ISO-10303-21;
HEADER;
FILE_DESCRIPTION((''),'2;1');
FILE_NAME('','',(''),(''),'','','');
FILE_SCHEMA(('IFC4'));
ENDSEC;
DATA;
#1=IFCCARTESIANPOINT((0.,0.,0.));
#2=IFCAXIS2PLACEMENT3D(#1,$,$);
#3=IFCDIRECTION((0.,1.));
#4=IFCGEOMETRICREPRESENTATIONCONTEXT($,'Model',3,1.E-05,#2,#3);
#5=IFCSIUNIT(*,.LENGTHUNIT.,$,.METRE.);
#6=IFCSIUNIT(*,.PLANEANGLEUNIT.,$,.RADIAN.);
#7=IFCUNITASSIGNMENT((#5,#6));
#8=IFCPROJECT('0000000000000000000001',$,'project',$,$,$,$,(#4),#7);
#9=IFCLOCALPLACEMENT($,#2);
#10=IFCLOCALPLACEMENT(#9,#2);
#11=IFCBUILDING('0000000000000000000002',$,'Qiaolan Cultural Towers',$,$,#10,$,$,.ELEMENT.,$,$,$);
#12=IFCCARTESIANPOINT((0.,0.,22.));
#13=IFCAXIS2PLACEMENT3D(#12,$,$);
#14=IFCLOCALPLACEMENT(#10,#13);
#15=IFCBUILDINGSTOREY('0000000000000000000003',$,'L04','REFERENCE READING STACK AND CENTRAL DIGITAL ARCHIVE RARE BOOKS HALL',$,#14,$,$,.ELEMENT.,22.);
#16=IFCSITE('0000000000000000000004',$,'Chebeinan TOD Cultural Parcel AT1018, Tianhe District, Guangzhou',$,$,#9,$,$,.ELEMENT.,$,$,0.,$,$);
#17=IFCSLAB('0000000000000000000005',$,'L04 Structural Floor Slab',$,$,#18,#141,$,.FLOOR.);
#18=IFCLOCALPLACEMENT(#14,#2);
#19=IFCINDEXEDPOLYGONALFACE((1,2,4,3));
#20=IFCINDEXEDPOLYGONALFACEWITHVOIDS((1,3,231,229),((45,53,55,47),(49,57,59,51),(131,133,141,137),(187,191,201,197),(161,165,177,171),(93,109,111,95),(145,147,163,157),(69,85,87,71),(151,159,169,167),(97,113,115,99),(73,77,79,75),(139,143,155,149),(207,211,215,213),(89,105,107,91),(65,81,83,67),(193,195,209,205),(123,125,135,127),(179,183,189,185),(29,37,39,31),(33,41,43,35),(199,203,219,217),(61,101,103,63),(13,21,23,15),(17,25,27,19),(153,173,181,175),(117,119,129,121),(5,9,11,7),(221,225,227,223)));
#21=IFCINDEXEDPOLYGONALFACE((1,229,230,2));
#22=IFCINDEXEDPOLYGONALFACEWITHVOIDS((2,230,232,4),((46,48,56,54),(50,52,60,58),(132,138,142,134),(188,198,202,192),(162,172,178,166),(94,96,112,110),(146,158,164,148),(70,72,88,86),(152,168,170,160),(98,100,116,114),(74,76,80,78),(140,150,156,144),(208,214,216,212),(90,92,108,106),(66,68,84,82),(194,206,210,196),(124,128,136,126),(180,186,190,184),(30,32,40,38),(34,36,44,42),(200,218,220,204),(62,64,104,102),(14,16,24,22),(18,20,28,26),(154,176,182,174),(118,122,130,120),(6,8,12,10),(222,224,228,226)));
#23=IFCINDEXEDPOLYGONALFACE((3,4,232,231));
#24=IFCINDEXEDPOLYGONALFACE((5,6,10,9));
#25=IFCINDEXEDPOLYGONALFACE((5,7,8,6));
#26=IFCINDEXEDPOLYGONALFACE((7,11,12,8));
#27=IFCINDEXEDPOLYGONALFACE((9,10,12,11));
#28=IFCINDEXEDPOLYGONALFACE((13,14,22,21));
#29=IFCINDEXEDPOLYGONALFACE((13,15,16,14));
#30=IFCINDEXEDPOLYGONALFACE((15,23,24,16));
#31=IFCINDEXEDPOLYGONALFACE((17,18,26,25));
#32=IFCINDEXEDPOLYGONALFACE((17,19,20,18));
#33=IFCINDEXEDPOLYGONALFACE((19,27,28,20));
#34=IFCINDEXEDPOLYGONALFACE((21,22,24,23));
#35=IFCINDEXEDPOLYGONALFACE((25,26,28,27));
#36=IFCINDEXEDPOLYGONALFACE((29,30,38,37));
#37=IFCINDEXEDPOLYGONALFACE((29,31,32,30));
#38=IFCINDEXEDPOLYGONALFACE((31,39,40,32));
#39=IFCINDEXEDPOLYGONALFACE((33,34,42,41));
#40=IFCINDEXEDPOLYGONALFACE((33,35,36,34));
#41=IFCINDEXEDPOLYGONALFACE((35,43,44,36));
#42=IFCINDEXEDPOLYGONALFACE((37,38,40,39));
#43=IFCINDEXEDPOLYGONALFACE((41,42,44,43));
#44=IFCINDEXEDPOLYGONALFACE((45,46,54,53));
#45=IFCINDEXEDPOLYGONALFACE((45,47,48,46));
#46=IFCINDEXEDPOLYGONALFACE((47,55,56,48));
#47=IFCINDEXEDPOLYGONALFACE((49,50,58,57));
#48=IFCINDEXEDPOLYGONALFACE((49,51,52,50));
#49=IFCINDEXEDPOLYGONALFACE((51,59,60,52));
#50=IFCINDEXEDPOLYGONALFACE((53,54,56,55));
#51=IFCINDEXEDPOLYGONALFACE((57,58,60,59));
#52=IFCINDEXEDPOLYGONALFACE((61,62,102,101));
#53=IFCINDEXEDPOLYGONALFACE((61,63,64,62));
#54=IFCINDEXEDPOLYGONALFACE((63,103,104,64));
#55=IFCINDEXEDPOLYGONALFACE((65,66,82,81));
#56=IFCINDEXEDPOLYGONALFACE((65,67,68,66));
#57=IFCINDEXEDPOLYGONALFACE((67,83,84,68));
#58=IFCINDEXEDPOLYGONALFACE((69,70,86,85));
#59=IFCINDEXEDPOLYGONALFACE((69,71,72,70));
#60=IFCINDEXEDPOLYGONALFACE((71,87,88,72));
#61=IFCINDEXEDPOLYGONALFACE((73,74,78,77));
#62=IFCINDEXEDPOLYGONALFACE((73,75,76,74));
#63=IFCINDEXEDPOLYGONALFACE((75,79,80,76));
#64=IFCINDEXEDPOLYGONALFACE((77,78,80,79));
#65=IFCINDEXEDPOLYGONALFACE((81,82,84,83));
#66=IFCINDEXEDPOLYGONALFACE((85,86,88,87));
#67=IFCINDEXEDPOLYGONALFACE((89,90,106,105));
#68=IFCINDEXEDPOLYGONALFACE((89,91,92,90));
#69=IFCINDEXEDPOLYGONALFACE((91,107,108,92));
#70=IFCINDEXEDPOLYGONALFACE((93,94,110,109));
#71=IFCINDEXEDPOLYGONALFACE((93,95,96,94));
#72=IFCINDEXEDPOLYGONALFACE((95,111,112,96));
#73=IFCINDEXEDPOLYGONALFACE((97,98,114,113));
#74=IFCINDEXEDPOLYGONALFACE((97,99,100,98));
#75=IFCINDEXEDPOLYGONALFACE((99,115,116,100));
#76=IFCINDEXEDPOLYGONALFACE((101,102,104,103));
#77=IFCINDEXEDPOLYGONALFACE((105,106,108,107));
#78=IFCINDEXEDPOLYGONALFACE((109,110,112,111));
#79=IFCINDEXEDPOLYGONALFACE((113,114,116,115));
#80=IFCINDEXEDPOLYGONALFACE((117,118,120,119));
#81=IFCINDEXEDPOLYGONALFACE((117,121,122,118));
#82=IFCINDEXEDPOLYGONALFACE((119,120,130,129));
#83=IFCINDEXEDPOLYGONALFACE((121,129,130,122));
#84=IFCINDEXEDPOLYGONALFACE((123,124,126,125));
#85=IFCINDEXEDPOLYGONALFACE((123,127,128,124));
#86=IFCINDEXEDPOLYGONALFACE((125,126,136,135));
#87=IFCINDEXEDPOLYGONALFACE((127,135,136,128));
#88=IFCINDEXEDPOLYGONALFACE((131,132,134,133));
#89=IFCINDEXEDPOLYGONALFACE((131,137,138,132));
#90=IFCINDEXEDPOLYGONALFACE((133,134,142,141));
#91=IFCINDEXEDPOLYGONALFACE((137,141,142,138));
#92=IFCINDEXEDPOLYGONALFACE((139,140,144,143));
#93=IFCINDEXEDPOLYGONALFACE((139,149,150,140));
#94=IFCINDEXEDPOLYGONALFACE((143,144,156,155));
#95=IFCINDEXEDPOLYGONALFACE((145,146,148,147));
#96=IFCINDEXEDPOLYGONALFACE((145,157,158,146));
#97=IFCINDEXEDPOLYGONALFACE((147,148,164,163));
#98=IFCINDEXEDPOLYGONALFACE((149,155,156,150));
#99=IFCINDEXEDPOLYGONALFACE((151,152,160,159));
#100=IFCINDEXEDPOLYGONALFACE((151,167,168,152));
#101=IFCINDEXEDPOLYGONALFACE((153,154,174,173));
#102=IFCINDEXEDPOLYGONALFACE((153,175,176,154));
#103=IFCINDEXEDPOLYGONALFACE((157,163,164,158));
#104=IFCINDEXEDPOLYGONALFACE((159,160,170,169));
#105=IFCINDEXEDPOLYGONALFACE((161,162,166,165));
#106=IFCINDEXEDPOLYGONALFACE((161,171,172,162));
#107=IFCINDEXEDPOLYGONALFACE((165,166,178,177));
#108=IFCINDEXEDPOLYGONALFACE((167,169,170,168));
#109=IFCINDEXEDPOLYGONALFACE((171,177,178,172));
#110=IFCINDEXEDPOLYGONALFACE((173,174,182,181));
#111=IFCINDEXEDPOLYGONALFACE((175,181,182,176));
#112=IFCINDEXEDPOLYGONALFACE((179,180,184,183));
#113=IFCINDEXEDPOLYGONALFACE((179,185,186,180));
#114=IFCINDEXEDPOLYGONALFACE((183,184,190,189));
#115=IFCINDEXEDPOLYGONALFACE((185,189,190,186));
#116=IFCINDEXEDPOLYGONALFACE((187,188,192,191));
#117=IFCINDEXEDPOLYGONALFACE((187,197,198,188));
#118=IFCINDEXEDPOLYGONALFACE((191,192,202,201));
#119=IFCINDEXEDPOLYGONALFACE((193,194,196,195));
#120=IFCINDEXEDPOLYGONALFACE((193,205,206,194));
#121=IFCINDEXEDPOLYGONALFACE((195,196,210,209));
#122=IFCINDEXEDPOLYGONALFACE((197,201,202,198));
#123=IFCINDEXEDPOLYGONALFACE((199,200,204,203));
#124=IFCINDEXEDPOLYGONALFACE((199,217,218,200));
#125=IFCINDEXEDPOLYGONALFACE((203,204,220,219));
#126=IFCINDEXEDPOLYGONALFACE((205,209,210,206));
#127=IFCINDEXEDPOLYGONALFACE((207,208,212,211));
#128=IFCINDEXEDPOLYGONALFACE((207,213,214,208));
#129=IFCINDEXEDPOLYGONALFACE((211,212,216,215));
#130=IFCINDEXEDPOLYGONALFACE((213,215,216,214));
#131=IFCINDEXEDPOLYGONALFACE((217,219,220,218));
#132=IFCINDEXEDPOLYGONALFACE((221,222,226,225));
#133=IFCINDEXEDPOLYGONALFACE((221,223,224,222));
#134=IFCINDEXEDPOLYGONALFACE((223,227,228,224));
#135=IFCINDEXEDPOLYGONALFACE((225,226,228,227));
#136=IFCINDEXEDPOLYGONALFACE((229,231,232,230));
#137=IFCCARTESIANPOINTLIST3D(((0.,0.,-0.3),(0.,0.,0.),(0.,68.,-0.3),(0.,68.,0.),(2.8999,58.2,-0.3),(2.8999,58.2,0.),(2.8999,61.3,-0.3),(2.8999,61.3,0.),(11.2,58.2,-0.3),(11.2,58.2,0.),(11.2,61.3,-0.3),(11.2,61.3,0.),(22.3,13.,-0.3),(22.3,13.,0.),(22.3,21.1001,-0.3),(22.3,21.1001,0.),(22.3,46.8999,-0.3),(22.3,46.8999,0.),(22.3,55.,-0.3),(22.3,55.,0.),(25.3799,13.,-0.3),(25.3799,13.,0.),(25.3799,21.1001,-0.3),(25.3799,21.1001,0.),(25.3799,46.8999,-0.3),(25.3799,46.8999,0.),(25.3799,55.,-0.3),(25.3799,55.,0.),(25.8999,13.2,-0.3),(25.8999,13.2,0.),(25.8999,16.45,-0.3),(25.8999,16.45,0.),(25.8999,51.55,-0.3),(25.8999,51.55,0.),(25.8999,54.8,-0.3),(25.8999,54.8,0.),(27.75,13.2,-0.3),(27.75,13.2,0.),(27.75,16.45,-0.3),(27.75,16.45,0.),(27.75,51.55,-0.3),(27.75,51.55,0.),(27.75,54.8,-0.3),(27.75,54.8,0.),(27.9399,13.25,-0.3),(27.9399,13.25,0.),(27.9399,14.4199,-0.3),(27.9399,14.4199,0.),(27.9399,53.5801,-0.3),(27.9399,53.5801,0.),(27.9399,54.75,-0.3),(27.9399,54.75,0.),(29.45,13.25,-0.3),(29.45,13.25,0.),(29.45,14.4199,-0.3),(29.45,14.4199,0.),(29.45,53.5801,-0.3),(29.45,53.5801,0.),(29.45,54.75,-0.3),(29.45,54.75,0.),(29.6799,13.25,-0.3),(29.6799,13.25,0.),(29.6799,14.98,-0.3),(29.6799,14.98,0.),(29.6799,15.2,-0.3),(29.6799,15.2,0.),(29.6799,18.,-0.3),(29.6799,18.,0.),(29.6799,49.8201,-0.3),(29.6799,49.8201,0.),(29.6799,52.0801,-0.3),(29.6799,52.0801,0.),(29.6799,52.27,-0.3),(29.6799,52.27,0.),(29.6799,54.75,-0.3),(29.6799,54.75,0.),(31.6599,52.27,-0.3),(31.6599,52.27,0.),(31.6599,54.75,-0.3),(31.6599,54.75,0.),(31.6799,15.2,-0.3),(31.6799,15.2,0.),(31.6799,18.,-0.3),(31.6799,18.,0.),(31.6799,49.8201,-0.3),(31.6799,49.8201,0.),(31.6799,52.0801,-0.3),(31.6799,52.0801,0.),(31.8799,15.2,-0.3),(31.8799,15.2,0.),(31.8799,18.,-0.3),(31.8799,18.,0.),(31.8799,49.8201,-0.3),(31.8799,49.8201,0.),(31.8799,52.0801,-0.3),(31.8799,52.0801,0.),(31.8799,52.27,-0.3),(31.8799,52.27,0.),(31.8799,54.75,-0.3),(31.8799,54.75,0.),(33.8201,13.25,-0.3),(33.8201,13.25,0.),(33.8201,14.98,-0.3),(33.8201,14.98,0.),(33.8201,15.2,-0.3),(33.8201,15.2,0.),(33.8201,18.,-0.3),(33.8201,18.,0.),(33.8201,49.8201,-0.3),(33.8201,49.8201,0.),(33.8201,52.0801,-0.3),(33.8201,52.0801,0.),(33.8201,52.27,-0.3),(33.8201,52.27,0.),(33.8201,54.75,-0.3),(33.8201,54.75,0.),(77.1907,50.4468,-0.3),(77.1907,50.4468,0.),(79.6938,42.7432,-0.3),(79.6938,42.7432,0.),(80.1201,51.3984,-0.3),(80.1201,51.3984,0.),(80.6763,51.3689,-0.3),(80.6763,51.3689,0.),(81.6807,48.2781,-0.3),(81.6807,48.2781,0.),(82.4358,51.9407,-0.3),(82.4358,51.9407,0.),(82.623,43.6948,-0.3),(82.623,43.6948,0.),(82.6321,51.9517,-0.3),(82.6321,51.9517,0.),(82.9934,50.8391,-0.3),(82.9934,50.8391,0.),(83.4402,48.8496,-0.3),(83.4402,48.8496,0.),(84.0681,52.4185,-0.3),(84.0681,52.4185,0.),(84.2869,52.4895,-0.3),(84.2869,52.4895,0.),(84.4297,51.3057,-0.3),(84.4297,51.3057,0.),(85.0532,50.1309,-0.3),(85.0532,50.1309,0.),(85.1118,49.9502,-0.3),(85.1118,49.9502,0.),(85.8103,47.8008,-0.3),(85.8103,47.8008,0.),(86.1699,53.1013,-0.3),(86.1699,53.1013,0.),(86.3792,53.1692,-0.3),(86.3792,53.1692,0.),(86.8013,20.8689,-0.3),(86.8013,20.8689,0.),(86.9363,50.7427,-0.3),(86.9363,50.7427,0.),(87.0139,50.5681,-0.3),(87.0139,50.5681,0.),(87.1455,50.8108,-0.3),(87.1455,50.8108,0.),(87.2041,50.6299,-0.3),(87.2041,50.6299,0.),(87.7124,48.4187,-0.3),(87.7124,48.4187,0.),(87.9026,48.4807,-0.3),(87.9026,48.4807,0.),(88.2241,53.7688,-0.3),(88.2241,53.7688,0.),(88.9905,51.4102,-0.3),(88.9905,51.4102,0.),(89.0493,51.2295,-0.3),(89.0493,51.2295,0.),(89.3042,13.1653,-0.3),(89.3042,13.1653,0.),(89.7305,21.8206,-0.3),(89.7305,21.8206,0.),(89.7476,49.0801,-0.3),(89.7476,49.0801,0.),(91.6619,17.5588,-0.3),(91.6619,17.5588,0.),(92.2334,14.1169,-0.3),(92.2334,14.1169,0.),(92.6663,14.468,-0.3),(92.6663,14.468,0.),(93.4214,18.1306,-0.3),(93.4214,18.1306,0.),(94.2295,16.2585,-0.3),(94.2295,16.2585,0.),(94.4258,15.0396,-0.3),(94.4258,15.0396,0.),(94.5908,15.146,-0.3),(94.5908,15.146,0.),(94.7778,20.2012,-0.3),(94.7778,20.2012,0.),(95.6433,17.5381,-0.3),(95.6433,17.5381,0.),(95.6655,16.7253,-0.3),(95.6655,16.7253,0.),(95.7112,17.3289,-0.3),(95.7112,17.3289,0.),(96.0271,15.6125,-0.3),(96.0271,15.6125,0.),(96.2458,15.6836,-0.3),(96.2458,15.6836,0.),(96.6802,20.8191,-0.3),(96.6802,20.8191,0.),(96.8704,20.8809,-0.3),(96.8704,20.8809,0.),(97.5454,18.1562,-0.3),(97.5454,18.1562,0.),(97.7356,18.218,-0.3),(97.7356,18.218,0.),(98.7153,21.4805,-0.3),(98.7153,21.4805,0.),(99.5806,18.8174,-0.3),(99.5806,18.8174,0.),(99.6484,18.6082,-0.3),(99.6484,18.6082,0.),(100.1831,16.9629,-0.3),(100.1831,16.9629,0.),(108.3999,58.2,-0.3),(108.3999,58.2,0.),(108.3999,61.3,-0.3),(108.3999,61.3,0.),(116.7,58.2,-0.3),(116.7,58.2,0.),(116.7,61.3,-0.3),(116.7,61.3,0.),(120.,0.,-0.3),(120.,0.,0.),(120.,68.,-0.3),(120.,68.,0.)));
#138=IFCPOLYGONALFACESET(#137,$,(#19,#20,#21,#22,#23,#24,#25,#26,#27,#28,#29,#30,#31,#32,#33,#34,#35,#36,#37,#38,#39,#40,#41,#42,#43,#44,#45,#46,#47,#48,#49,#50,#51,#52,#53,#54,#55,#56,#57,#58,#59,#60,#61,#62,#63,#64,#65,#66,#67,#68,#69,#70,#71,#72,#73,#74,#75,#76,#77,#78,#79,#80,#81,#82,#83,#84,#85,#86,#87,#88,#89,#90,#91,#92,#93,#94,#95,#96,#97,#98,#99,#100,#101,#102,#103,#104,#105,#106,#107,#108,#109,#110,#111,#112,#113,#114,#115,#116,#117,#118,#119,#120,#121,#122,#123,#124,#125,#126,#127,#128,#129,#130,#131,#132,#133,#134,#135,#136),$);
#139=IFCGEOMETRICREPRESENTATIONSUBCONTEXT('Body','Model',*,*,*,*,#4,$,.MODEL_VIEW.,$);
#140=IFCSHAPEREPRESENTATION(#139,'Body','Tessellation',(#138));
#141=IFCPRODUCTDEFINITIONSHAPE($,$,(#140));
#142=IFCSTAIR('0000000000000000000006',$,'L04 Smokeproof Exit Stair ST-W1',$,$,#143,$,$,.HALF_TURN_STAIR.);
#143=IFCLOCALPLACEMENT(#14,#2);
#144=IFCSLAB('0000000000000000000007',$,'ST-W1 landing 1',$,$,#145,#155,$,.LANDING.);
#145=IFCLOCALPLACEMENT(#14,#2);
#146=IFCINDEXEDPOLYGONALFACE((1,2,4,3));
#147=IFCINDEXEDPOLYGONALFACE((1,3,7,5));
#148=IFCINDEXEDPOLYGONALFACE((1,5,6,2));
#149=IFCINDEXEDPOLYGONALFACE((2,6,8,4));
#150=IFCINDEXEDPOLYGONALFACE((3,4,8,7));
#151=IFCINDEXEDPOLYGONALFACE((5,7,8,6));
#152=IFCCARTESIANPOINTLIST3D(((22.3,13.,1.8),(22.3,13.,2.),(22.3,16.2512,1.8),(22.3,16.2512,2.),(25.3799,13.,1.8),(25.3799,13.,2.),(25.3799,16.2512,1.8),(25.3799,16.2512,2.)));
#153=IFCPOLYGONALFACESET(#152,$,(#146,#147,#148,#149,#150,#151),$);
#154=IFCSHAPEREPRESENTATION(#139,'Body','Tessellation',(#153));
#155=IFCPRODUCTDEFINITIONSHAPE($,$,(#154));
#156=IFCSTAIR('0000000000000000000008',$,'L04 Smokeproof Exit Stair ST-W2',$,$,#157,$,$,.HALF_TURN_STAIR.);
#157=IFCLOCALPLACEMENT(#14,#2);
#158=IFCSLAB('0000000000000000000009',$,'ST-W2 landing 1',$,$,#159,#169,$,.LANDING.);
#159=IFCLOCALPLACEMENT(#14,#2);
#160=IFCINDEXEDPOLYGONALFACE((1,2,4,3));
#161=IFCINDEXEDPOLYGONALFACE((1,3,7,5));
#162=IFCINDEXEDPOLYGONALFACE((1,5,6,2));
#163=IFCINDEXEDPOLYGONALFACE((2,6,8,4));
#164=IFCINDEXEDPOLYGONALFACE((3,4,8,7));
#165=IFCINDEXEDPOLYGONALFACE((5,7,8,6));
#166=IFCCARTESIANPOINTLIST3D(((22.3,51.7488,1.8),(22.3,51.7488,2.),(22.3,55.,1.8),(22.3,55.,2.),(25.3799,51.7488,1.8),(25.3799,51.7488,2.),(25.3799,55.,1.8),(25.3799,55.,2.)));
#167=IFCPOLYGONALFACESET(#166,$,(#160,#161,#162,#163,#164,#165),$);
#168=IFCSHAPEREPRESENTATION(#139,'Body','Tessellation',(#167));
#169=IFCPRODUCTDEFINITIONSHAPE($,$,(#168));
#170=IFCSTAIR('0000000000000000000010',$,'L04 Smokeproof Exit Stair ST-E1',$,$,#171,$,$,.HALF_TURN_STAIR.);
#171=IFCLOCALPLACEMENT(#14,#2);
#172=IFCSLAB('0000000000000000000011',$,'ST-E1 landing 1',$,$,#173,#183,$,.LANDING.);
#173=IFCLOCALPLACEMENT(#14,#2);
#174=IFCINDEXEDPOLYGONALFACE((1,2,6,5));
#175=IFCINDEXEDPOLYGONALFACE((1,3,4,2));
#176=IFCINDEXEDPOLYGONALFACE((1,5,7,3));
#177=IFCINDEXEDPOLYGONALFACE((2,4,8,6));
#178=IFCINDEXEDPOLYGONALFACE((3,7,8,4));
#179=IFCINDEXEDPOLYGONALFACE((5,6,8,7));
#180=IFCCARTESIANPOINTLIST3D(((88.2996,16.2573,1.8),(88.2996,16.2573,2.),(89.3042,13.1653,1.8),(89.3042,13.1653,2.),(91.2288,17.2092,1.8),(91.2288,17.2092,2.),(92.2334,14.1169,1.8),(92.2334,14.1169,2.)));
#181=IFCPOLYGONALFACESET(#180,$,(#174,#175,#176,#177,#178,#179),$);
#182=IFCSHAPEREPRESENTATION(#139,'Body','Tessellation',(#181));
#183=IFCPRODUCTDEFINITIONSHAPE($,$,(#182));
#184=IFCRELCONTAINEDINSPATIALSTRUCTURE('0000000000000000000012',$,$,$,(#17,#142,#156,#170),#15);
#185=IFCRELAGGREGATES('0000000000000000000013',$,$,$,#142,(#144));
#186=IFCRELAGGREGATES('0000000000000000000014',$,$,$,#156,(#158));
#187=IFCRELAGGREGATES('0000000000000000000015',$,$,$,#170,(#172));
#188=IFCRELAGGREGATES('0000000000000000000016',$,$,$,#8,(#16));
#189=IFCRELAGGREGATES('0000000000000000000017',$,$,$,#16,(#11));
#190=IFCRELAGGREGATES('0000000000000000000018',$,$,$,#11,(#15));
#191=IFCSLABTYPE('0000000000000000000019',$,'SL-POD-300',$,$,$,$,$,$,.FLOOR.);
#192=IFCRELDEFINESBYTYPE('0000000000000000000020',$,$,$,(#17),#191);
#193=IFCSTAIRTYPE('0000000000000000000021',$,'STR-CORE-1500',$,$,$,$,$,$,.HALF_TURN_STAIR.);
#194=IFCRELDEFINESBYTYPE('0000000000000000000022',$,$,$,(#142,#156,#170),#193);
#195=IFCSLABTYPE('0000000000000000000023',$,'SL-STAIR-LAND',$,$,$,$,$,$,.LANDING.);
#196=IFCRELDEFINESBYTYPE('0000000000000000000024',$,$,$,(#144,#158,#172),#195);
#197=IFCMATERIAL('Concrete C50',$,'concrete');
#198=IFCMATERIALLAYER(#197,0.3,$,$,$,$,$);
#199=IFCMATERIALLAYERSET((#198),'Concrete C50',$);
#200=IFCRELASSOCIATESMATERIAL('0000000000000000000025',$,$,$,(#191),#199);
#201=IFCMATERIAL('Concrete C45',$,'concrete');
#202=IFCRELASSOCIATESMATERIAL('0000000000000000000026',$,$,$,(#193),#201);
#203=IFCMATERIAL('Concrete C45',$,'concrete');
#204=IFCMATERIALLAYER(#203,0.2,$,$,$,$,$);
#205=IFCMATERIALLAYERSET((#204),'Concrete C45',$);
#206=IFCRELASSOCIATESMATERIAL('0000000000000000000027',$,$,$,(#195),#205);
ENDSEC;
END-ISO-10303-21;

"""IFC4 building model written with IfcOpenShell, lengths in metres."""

from ifc_helpers import new_model, si_unit, direction, frame, origin, place, context, subcontext, project, spatial, polyline, outline, extrude, material, layer, layer_set, type_object, element, aggregate, save


model = new_model("IFC4")

# Units and contexts
model_context = context("Model", 3, precision=1e-05, world=origin(), true_north=direction((0.0, 1.0)))
body_context = subcontext(model_context, "Body", "Model", "MODEL_VIEW")
ifc_project = project(units=[si_unit("LENGTHUNIT", "METRE"), si_unit("PLANEANGLEUNIT", "RADIAN")], contexts=[model_context])

# Site, building, storey
site_placement = place(None, origin())
site = spatial("IfcSite", under=ifc_project, at=site_placement, Name="Chebeinan TOD Cultural Parcel AT1018, Tianhe District, Guangzhou", CompositionType="ELEMENT", RefElevation=0.0)
building_placement = place(site_placement, origin())
building = spatial("IfcBuilding", under=site, at=building_placement, Name="Qiaolan Cultural Towers", CompositionType="ELEMENT")
storey_placement = place(building_placement, frame((0.0, 0.0, 22.0)))
storey = spatial("IfcBuildingStorey", under=building, at=storey_placement, Name="L04", Description="REFERENCE READING STACK AND CENTRAL DIGITAL ARCHIVE RARE BOOKS HALL", CompositionType="ELEMENT", Elevation=22.0)

# Slab
ifc_material_1 = material(Name="Concrete C50", Category="concrete")
ifc_layer_1 = layer(ifc_material_1, 0.3)
ifc_layer_set_1 = layer_set([ifc_layer_1], Name="Concrete C50")
slab_type_1 = type_object("IfcSlabType", Name="SL-POD-300", PredefinedType="FLOOR", material=ifc_layer_set_1)
slab_1_placement = place(storey_placement, frame((0.0, 0.0, -0.3)))
element("IfcSlab", 1, at=slab_1_placement, inside=storey, type_object=slab_type_1, Name="L04 Structural Floor Slab", PredefinedType="FLOOR", context=body_context, shape_type="SweptSolid", body=[
    extrude(outline(polyline([(0.0, 0.0), (120.0, 0.0), (120.0, 68.0), (0.0, 68.0), (0.0, 0.0)]), holes=[polyline([(22.3, 21.1001), (22.3, 13.0), (25.3799, 13.0), (25.3799, 21.1001), (22.3, 21.1001)]), polyline([(25.3799, 46.8999), (25.3799, 55.0), (22.3, 55.0), (22.3, 46.8999), (25.3799, 46.8999)]), polyline([(86.8013, 20.8689), (89.3042, 13.1653), (92.2334, 14.1169), (89.7305, 21.8206), (86.8013, 20.8689)]), polyline([(82.623, 43.6948), (80.1201, 51.3984), (77.1907, 50.4468), (79.6938, 42.7432), (82.623, 43.6948)]), polyline([(2.8999, 58.2), (11.2, 58.2), (11.2, 61.3), (2.8999, 61.3), (2.8999, 58.2)]), polyline([(108.3999, 58.2), (116.7, 58.2), (116.7, 61.3), (108.3999, 61.3), (108.3999, 58.2)]), polyline([(25.8999, 13.2), (27.75, 13.2), (27.75, 16.45), (25.8999, 16.45), (25.8999, 13.2)]), polyline([(27.9399, 13.25), (29.45, 13.25), (29.45, 14.4199), (27.9399, 14.4199), (27.9399, 13.25)]), polyline([(29.6799, 15.2), (31.6799, 15.2), (31.6799, 18.0), (29.6799, 18.0), (29.6799, 15.2)]), polyline([(31.8799, 15.2), (33.8201, 15.2), (33.8201, 18.0), (31.8799, 18.0), (31.8799, 15.2)]), polyline([(29.6799, 13.25), (33.8201, 13.25), (33.8201, 14.98), (29.6799, 14.98), (29.6799, 13.25)]), polyline([(25.8999, 51.55), (27.75, 51.55), (27.75, 54.8), (25.8999, 54.8), (25.8999, 51.55)]), polyline([(27.9399, 53.5801), (29.45, 53.5801), (29.45, 54.75), (27.9399, 54.75), (27.9399, 53.5801)]), polyline([(29.6799, 49.8201), (31.6799, 49.8201), (31.6799, 52.0801), (29.6799, 52.0801), (29.6799, 49.8201)]), polyline([(31.8799, 49.8201), (33.8201, 49.8201), (33.8201, 52.0801), (31.8799, 52.0801), (31.8799, 49.8201)]), polyline([(29.6799, 52.27), (31.6599, 52.27), (31.6599, 54.75), (29.6799, 54.75), (29.6799, 52.27)]), polyline([(31.8799, 52.27), (33.8201, 52.27), (33.8201, 54.75), (31.8799, 54.75), (31.8799, 52.27)]), polyline([(92.6663, 14.468), (94.4258, 15.0396), (93.4214, 18.1306), (91.6619, 17.5588), (92.6663, 14.468)]), polyline([(94.5908, 15.146), (96.0271, 15.6125), (95.6655, 16.7253), (94.2295, 16.2585), (94.5908, 15.146)]), polyline([(95.6433, 17.5381), (97.5454, 18.1562), (96.6802, 20.8191), (94.7778, 20.2012), (95.6433, 17.5381)]), polyline([(97.7356, 18.218), (99.5806, 18.8174), (98.7153, 21.4805), (96.8704, 20.8809), (97.7356, 18.218)]), polyline([(96.2458, 15.6836), (100.1831, 16.9629), (99.6484, 18.6082), (95.7112, 17.3289), (96.2458, 15.6836)]), polyline([(81.6807, 48.2781), (83.4402, 48.8496), (82.4358, 51.9407), (80.6763, 51.3689), (81.6807, 48.2781)]), polyline([(82.9934, 50.8391), (84.4297, 51.3057), (84.0681, 52.4185), (82.6321, 51.9517), (82.9934, 50.8391)]), polyline([(85.8103, 47.8008), (87.7124, 48.4187), (87.0139, 50.5681), (85.1118, 49.9502), (85.8103, 47.8008)]), polyline([(87.9026, 48.4807), (89.7476, 49.0801), (89.0493, 51.2295), (87.2041, 50.6299), (87.9026, 48.4807)]), polyline([(85.0532, 50.1309), (86.9363, 50.7427), (86.1699, 53.1013), (84.2869, 52.4895), (85.0532, 50.1309)]), polyline([(87.1455, 50.8108), (88.9905, 51.4102), (88.2241, 53.7688), (86.3792, 53.1692), (87.1455, 50.8108)])]), origin(), (0.0, 0.0, 1.0), 0.3),
])

# Stairs, slabs
ifc_material_2 = material(Name="Concrete C45", Category="concrete")
stair_type = type_object("IfcStairType", Name="STR-CORE-1500", PredefinedType="HALF_TURN_STAIR", material=ifc_material_2)
stair_1_placement = place(storey_placement, origin())
stair_1 = element("IfcStair", 2, at=stair_1_placement, inside=storey, type_object=stair_type, Name="L04 Smokeproof Exit Stair ST-W1", PredefinedType="HALF_TURN_STAIR")
ifc_material_3 = material(Name="Concrete C45", Category="concrete")
ifc_layer_2 = layer(ifc_material_3, 0.2)
ifc_layer_set_2 = layer_set([ifc_layer_2], Name="Concrete C45")
slab_type_2 = type_object("IfcSlabType", Name="SL-STAIR-LAND", PredefinedType="LANDING", material=ifc_layer_set_2)
slab_2_placement = place(storey_placement, frame((0.0, 0.0, 1.8)))
slab_2 = element("IfcSlab", 3, at=slab_2_placement, type_object=slab_type_2, Name="ST-W1 landing 1", PredefinedType="LANDING", context=body_context, shape_type="SweptSolid", body=[
    extrude(outline(polyline([(22.3, 16.2512), (22.3, 13.0), (25.3799, 13.0), (25.3799, 16.2512), (22.3, 16.2512)])), origin(), (0.0, 0.0, 1.0), 0.2),
])
aggregate(stair_1, [slab_2])
stair_2_placement = place(storey_placement, origin())
stair_2 = element("IfcStair", 4, at=stair_2_placement, inside=storey, type_object=stair_type, Name="L04 Smokeproof Exit Stair ST-W2", PredefinedType="HALF_TURN_STAIR")
slab_3_placement = place(storey_placement, frame((0.0, 0.0, 1.8)))
slab_3 = element("IfcSlab", 5, at=slab_3_placement, type_object=slab_type_2, Name="ST-W2 landing 1", PredefinedType="LANDING", context=body_context, shape_type="SweptSolid", body=[
    extrude(outline(polyline([(25.3799, 51.7488), (25.3799, 55.0), (22.3, 55.0), (22.3, 51.7488), (25.3799, 51.7488)])), origin(), (0.0, 0.0, 1.0), 0.2),
])
aggregate(stair_2, [slab_3])
stair_3_placement = place(storey_placement, origin())
stair_3 = element("IfcStair", 6, at=stair_3_placement, inside=storey, type_object=stair_type, Name="L04 Smokeproof Exit Stair ST-E1", PredefinedType="HALF_TURN_STAIR")
slab_4_placement = place(storey_placement, frame((0.0, 0.0, 1.8)))
slab_4 = element("IfcSlab", 7, at=slab_4_placement, type_object=slab_type_2, Name="ST-E1 landing 1", PredefinedType="LANDING", context=body_context, shape_type="SweptSolid", body=[
    extrude(outline(polyline([(88.2996, 16.2573), (89.3042, 13.1653), (92.2334, 14.1169), (91.2288, 17.2092), (88.2996, 16.2573)])), origin(), (0.0, 0.0, 1.0), 0.2),
])
aggregate(stair_3, [slab_4])

save(model, "model.ifc")
